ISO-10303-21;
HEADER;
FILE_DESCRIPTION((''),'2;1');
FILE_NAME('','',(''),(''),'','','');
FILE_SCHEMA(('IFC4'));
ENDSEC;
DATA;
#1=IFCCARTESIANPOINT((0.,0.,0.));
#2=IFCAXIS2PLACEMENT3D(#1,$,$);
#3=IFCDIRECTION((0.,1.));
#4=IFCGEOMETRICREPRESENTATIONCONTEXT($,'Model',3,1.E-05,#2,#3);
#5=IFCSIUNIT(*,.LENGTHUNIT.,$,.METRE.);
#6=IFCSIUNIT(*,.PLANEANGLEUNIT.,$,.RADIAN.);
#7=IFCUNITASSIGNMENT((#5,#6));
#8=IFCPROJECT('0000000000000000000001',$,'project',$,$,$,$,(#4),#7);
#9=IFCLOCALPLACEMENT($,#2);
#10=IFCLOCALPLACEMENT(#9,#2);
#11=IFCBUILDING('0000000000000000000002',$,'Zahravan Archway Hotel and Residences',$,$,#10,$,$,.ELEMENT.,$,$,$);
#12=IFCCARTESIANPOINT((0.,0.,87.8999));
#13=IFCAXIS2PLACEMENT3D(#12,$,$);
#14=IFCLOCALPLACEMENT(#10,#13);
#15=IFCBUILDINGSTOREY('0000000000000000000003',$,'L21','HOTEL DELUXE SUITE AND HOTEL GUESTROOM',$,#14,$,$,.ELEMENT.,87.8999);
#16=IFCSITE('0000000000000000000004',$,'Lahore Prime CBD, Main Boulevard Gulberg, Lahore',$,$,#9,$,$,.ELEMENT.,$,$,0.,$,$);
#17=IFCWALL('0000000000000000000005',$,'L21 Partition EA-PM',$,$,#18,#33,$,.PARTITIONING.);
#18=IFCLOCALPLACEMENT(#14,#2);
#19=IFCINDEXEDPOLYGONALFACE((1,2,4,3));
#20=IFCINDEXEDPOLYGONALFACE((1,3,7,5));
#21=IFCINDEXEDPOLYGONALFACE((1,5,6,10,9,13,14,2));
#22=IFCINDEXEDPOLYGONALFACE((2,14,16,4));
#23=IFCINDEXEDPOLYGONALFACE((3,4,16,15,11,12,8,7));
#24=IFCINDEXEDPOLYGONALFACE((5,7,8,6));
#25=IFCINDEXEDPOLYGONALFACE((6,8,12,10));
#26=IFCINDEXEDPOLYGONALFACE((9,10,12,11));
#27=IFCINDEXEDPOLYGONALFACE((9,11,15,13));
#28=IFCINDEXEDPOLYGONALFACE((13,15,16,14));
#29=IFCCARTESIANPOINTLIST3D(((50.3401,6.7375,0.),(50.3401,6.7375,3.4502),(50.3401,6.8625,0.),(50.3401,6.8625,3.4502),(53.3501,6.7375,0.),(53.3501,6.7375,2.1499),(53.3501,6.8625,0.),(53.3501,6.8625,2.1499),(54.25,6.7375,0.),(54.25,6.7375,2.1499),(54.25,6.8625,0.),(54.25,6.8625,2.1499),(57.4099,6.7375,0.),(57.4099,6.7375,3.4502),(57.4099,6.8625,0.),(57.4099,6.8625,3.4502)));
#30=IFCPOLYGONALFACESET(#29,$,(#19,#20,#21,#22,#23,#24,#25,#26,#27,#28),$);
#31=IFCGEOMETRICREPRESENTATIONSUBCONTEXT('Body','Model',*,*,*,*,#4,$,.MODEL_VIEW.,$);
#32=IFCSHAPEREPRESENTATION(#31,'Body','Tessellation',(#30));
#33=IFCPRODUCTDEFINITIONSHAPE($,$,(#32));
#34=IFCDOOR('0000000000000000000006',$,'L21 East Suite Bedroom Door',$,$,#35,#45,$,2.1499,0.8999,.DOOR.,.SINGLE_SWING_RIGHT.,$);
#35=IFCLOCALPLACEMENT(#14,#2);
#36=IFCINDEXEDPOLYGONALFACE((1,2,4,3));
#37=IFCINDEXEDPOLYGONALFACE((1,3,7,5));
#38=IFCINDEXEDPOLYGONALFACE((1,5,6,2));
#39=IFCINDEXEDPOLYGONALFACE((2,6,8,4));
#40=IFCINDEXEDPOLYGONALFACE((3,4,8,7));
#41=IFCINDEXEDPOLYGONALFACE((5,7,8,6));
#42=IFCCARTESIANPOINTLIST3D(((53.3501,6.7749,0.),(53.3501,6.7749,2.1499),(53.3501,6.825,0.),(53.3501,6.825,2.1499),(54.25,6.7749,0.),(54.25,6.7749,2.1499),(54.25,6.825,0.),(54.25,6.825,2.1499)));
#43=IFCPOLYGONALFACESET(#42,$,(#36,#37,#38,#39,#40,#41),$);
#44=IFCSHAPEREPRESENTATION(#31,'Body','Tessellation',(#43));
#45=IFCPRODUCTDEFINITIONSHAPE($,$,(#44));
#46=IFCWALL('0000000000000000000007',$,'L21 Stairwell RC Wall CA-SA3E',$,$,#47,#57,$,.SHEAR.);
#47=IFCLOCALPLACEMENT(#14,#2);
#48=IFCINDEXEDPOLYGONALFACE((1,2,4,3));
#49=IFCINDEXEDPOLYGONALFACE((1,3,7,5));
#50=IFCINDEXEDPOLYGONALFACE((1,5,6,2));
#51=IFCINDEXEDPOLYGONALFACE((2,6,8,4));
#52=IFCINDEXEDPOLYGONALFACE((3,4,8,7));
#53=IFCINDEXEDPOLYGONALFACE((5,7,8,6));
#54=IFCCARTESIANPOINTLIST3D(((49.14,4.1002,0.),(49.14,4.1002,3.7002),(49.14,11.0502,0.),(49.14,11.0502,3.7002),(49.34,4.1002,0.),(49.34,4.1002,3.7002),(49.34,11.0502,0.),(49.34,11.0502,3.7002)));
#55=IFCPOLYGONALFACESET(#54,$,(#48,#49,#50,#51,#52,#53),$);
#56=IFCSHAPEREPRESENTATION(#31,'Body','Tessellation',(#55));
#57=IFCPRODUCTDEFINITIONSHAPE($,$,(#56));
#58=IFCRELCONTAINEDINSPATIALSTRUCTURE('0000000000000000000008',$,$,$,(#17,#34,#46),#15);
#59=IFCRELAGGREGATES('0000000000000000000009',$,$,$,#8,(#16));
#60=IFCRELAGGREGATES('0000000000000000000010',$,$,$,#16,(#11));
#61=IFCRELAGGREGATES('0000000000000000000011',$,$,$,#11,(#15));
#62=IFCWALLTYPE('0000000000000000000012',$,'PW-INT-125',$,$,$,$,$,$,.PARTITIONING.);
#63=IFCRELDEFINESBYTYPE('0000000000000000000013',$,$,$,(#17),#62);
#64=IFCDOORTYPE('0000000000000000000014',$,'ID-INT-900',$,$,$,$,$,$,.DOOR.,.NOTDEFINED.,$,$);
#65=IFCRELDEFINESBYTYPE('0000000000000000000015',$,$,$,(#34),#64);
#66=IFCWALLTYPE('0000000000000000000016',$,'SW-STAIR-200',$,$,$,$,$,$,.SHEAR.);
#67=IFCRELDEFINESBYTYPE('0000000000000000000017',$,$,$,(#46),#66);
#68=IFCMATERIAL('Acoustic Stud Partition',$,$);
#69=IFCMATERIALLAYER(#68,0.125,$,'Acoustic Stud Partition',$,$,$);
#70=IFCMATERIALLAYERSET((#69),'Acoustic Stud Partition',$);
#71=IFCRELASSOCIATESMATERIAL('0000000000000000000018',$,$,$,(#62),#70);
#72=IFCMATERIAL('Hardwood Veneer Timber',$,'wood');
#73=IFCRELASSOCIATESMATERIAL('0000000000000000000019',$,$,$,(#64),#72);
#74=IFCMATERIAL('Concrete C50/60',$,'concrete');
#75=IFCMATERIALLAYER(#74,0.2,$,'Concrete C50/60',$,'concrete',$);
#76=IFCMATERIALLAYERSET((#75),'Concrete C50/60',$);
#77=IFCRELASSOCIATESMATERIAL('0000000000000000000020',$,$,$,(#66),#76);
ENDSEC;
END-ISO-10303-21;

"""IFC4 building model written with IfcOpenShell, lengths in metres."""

from ifc_helpers import new_model, si_unit, direction, frame, frame_2d, origin, place, context, subcontext, project, spatial, rectangle, extrude, source, transform, mapped, material, layer, layer_set, type_object, type_shapes, element, fill, save


model = new_model("IFC4")

# Units and contexts
model_context = context("Model", 3, precision=1e-05, world=origin(), true_north=direction((0.0, 1.0)))
body_context = subcontext(model_context, "Body", "Model", "MODEL_VIEW")
ifc_project = project(units=[si_unit("LENGTHUNIT", "METRE"), si_unit("PLANEANGLEUNIT", "RADIAN")], contexts=[model_context])

# Site, building, storey
site_placement = place(None, origin())
site = spatial("IfcSite", under=ifc_project, at=site_placement, Name="Lahore Prime CBD, Main Boulevard Gulberg, Lahore", CompositionType="ELEMENT", RefElevation=0.0)
building_placement = place(site_placement, origin())
building = spatial("IfcBuilding", under=site, at=building_placement, Name="Zahravan Archway Hotel and Residences", CompositionType="ELEMENT")
storey_placement = place(building_placement, frame((0.0, 0.0, 87.8999)))
storey = spatial("IfcBuildingStorey", under=building, at=storey_placement, Name="L21", Description="HOTEL DELUXE SUITE AND HOTEL GUESTROOM", CompositionType="ELEMENT", Elevation=87.8999)

# Wall, opening, door
ifc_material_1 = material(Name="Acoustic Stud Partition")
ifc_layer_1 = layer(ifc_material_1, 0.125, Name="Acoustic Stud Partition")
ifc_layer_set_1 = layer_set([ifc_layer_1], Name="Acoustic Stud Partition")
wall_type_1 = type_object("IfcWallType", Name="PW-INT-125", PredefinedType="PARTITIONING", material=ifc_layer_set_1)
wall_1_placement = place(storey_placement, frame((50.3401, 6.8, 0.0), z_axis=(0.0, 0.0, 1.0), x_axis=(1.0, 0.0, 0.0)))
wall_1 = element("IfcWall", 1, at=wall_1_placement, inside=storey, type_object=wall_type_1, Name="L21 Partition EA-PM", PredefinedType="PARTITIONING", context=body_context, shape_type="SweptSolid", body=[
    extrude(rectangle(XDim=7.0698, YDim=0.125, at=frame_2d((3.5349, 0.0))), origin(), (0.0, 0.0, 1.0), 3.4502),
])
opening_1_placement = place(wall_1_placement, frame((3.01, 0.0, 0.0)))
opening_1 = element("IfcOpeningElement", 2, at=opening_1_placement, cuts=wall_1, PredefinedType="OPENING", context=body_context, shape_type="SweptSolid", body=[
    extrude(rectangle(XDim=0.8999, YDim=2.1499, at=frame_2d((0.45, 1.075))), frame((0.0, 0.0725, 0.0), z_axis=(0.0, -1.0, 0.0), x_axis=(1.0, 0.0, 0.0)), (0.0, 0.0, 1.0), 0.145),
])
ifc_material_2 = material(Name="Hardwood Veneer Timber", Category="wood")
door_type_1 = type_object("IfcDoorType", Name="ID-INT-900", OperationType="NOTDEFINED", PredefinedType="DOOR", material=ifc_material_2)
shared_shape_1 = source(origin(), body_context, "Body", "SweptSolid", [
    extrude(rectangle(XDim=0.8999, YDim=2.1499, at=frame_2d((0.45, 1.075))), frame((0.0, 0.0249, 0.0), z_axis=(0.0, -1.0, 0.0), x_axis=(1.0, 0.0, 0.0)), (0.0, 0.0, 1.0), 0.05),
])
type_shapes(door_type_1, [shared_shape_1])
door_1_placement = place(opening_1_placement, origin())
door_1 = element("IfcDoor", 3, at=door_1_placement, inside=storey, type_object=door_type_1, Name="L21 East Suite Bedroom Door", OperationType="SINGLE_SWING_RIGHT", OverallHeight=2.1499, OverallWidth=0.8999, PredefinedType="DOOR", context=body_context, shape_type="MappedRepresentation", body=[
    mapped(shared_shape_1, transform((0.0, 0.0, 0.0), scale=1.0)),
])
fill(opening_1, door_1)

# Wall
ifc_material_3 = material(Name="Concrete C50/60", Category="concrete")
ifc_layer_2 = layer(ifc_material_3, 0.2, Name="Concrete C50/60", Category="concrete")
ifc_layer_set_2 = layer_set([ifc_layer_2], Name="Concrete C50/60")
wall_type_2 = type_object("IfcWallType", Name="SW-STAIR-200", PredefinedType="SHEAR", material=ifc_layer_set_2)
wall_2_placement = place(storey_placement, frame((49.24, 4.1001, 0.0), z_axis=(0.0, 0.0, 1.0), x_axis=(0.0, 1.0, 0.0)))
element("IfcWall", 4, at=wall_2_placement, inside=storey, type_object=wall_type_2, Name="L21 Stairwell RC Wall CA-SA3E", PredefinedType="SHEAR", context=body_context, shape_type="SweptSolid", body=[
    extrude(rectangle(XDim=6.95, YDim=0.2, at=frame_2d((3.4751, 0.0))), origin(), (0.0, 0.0, 1.0), 3.7002),
])

save(model, "model.ifc")
